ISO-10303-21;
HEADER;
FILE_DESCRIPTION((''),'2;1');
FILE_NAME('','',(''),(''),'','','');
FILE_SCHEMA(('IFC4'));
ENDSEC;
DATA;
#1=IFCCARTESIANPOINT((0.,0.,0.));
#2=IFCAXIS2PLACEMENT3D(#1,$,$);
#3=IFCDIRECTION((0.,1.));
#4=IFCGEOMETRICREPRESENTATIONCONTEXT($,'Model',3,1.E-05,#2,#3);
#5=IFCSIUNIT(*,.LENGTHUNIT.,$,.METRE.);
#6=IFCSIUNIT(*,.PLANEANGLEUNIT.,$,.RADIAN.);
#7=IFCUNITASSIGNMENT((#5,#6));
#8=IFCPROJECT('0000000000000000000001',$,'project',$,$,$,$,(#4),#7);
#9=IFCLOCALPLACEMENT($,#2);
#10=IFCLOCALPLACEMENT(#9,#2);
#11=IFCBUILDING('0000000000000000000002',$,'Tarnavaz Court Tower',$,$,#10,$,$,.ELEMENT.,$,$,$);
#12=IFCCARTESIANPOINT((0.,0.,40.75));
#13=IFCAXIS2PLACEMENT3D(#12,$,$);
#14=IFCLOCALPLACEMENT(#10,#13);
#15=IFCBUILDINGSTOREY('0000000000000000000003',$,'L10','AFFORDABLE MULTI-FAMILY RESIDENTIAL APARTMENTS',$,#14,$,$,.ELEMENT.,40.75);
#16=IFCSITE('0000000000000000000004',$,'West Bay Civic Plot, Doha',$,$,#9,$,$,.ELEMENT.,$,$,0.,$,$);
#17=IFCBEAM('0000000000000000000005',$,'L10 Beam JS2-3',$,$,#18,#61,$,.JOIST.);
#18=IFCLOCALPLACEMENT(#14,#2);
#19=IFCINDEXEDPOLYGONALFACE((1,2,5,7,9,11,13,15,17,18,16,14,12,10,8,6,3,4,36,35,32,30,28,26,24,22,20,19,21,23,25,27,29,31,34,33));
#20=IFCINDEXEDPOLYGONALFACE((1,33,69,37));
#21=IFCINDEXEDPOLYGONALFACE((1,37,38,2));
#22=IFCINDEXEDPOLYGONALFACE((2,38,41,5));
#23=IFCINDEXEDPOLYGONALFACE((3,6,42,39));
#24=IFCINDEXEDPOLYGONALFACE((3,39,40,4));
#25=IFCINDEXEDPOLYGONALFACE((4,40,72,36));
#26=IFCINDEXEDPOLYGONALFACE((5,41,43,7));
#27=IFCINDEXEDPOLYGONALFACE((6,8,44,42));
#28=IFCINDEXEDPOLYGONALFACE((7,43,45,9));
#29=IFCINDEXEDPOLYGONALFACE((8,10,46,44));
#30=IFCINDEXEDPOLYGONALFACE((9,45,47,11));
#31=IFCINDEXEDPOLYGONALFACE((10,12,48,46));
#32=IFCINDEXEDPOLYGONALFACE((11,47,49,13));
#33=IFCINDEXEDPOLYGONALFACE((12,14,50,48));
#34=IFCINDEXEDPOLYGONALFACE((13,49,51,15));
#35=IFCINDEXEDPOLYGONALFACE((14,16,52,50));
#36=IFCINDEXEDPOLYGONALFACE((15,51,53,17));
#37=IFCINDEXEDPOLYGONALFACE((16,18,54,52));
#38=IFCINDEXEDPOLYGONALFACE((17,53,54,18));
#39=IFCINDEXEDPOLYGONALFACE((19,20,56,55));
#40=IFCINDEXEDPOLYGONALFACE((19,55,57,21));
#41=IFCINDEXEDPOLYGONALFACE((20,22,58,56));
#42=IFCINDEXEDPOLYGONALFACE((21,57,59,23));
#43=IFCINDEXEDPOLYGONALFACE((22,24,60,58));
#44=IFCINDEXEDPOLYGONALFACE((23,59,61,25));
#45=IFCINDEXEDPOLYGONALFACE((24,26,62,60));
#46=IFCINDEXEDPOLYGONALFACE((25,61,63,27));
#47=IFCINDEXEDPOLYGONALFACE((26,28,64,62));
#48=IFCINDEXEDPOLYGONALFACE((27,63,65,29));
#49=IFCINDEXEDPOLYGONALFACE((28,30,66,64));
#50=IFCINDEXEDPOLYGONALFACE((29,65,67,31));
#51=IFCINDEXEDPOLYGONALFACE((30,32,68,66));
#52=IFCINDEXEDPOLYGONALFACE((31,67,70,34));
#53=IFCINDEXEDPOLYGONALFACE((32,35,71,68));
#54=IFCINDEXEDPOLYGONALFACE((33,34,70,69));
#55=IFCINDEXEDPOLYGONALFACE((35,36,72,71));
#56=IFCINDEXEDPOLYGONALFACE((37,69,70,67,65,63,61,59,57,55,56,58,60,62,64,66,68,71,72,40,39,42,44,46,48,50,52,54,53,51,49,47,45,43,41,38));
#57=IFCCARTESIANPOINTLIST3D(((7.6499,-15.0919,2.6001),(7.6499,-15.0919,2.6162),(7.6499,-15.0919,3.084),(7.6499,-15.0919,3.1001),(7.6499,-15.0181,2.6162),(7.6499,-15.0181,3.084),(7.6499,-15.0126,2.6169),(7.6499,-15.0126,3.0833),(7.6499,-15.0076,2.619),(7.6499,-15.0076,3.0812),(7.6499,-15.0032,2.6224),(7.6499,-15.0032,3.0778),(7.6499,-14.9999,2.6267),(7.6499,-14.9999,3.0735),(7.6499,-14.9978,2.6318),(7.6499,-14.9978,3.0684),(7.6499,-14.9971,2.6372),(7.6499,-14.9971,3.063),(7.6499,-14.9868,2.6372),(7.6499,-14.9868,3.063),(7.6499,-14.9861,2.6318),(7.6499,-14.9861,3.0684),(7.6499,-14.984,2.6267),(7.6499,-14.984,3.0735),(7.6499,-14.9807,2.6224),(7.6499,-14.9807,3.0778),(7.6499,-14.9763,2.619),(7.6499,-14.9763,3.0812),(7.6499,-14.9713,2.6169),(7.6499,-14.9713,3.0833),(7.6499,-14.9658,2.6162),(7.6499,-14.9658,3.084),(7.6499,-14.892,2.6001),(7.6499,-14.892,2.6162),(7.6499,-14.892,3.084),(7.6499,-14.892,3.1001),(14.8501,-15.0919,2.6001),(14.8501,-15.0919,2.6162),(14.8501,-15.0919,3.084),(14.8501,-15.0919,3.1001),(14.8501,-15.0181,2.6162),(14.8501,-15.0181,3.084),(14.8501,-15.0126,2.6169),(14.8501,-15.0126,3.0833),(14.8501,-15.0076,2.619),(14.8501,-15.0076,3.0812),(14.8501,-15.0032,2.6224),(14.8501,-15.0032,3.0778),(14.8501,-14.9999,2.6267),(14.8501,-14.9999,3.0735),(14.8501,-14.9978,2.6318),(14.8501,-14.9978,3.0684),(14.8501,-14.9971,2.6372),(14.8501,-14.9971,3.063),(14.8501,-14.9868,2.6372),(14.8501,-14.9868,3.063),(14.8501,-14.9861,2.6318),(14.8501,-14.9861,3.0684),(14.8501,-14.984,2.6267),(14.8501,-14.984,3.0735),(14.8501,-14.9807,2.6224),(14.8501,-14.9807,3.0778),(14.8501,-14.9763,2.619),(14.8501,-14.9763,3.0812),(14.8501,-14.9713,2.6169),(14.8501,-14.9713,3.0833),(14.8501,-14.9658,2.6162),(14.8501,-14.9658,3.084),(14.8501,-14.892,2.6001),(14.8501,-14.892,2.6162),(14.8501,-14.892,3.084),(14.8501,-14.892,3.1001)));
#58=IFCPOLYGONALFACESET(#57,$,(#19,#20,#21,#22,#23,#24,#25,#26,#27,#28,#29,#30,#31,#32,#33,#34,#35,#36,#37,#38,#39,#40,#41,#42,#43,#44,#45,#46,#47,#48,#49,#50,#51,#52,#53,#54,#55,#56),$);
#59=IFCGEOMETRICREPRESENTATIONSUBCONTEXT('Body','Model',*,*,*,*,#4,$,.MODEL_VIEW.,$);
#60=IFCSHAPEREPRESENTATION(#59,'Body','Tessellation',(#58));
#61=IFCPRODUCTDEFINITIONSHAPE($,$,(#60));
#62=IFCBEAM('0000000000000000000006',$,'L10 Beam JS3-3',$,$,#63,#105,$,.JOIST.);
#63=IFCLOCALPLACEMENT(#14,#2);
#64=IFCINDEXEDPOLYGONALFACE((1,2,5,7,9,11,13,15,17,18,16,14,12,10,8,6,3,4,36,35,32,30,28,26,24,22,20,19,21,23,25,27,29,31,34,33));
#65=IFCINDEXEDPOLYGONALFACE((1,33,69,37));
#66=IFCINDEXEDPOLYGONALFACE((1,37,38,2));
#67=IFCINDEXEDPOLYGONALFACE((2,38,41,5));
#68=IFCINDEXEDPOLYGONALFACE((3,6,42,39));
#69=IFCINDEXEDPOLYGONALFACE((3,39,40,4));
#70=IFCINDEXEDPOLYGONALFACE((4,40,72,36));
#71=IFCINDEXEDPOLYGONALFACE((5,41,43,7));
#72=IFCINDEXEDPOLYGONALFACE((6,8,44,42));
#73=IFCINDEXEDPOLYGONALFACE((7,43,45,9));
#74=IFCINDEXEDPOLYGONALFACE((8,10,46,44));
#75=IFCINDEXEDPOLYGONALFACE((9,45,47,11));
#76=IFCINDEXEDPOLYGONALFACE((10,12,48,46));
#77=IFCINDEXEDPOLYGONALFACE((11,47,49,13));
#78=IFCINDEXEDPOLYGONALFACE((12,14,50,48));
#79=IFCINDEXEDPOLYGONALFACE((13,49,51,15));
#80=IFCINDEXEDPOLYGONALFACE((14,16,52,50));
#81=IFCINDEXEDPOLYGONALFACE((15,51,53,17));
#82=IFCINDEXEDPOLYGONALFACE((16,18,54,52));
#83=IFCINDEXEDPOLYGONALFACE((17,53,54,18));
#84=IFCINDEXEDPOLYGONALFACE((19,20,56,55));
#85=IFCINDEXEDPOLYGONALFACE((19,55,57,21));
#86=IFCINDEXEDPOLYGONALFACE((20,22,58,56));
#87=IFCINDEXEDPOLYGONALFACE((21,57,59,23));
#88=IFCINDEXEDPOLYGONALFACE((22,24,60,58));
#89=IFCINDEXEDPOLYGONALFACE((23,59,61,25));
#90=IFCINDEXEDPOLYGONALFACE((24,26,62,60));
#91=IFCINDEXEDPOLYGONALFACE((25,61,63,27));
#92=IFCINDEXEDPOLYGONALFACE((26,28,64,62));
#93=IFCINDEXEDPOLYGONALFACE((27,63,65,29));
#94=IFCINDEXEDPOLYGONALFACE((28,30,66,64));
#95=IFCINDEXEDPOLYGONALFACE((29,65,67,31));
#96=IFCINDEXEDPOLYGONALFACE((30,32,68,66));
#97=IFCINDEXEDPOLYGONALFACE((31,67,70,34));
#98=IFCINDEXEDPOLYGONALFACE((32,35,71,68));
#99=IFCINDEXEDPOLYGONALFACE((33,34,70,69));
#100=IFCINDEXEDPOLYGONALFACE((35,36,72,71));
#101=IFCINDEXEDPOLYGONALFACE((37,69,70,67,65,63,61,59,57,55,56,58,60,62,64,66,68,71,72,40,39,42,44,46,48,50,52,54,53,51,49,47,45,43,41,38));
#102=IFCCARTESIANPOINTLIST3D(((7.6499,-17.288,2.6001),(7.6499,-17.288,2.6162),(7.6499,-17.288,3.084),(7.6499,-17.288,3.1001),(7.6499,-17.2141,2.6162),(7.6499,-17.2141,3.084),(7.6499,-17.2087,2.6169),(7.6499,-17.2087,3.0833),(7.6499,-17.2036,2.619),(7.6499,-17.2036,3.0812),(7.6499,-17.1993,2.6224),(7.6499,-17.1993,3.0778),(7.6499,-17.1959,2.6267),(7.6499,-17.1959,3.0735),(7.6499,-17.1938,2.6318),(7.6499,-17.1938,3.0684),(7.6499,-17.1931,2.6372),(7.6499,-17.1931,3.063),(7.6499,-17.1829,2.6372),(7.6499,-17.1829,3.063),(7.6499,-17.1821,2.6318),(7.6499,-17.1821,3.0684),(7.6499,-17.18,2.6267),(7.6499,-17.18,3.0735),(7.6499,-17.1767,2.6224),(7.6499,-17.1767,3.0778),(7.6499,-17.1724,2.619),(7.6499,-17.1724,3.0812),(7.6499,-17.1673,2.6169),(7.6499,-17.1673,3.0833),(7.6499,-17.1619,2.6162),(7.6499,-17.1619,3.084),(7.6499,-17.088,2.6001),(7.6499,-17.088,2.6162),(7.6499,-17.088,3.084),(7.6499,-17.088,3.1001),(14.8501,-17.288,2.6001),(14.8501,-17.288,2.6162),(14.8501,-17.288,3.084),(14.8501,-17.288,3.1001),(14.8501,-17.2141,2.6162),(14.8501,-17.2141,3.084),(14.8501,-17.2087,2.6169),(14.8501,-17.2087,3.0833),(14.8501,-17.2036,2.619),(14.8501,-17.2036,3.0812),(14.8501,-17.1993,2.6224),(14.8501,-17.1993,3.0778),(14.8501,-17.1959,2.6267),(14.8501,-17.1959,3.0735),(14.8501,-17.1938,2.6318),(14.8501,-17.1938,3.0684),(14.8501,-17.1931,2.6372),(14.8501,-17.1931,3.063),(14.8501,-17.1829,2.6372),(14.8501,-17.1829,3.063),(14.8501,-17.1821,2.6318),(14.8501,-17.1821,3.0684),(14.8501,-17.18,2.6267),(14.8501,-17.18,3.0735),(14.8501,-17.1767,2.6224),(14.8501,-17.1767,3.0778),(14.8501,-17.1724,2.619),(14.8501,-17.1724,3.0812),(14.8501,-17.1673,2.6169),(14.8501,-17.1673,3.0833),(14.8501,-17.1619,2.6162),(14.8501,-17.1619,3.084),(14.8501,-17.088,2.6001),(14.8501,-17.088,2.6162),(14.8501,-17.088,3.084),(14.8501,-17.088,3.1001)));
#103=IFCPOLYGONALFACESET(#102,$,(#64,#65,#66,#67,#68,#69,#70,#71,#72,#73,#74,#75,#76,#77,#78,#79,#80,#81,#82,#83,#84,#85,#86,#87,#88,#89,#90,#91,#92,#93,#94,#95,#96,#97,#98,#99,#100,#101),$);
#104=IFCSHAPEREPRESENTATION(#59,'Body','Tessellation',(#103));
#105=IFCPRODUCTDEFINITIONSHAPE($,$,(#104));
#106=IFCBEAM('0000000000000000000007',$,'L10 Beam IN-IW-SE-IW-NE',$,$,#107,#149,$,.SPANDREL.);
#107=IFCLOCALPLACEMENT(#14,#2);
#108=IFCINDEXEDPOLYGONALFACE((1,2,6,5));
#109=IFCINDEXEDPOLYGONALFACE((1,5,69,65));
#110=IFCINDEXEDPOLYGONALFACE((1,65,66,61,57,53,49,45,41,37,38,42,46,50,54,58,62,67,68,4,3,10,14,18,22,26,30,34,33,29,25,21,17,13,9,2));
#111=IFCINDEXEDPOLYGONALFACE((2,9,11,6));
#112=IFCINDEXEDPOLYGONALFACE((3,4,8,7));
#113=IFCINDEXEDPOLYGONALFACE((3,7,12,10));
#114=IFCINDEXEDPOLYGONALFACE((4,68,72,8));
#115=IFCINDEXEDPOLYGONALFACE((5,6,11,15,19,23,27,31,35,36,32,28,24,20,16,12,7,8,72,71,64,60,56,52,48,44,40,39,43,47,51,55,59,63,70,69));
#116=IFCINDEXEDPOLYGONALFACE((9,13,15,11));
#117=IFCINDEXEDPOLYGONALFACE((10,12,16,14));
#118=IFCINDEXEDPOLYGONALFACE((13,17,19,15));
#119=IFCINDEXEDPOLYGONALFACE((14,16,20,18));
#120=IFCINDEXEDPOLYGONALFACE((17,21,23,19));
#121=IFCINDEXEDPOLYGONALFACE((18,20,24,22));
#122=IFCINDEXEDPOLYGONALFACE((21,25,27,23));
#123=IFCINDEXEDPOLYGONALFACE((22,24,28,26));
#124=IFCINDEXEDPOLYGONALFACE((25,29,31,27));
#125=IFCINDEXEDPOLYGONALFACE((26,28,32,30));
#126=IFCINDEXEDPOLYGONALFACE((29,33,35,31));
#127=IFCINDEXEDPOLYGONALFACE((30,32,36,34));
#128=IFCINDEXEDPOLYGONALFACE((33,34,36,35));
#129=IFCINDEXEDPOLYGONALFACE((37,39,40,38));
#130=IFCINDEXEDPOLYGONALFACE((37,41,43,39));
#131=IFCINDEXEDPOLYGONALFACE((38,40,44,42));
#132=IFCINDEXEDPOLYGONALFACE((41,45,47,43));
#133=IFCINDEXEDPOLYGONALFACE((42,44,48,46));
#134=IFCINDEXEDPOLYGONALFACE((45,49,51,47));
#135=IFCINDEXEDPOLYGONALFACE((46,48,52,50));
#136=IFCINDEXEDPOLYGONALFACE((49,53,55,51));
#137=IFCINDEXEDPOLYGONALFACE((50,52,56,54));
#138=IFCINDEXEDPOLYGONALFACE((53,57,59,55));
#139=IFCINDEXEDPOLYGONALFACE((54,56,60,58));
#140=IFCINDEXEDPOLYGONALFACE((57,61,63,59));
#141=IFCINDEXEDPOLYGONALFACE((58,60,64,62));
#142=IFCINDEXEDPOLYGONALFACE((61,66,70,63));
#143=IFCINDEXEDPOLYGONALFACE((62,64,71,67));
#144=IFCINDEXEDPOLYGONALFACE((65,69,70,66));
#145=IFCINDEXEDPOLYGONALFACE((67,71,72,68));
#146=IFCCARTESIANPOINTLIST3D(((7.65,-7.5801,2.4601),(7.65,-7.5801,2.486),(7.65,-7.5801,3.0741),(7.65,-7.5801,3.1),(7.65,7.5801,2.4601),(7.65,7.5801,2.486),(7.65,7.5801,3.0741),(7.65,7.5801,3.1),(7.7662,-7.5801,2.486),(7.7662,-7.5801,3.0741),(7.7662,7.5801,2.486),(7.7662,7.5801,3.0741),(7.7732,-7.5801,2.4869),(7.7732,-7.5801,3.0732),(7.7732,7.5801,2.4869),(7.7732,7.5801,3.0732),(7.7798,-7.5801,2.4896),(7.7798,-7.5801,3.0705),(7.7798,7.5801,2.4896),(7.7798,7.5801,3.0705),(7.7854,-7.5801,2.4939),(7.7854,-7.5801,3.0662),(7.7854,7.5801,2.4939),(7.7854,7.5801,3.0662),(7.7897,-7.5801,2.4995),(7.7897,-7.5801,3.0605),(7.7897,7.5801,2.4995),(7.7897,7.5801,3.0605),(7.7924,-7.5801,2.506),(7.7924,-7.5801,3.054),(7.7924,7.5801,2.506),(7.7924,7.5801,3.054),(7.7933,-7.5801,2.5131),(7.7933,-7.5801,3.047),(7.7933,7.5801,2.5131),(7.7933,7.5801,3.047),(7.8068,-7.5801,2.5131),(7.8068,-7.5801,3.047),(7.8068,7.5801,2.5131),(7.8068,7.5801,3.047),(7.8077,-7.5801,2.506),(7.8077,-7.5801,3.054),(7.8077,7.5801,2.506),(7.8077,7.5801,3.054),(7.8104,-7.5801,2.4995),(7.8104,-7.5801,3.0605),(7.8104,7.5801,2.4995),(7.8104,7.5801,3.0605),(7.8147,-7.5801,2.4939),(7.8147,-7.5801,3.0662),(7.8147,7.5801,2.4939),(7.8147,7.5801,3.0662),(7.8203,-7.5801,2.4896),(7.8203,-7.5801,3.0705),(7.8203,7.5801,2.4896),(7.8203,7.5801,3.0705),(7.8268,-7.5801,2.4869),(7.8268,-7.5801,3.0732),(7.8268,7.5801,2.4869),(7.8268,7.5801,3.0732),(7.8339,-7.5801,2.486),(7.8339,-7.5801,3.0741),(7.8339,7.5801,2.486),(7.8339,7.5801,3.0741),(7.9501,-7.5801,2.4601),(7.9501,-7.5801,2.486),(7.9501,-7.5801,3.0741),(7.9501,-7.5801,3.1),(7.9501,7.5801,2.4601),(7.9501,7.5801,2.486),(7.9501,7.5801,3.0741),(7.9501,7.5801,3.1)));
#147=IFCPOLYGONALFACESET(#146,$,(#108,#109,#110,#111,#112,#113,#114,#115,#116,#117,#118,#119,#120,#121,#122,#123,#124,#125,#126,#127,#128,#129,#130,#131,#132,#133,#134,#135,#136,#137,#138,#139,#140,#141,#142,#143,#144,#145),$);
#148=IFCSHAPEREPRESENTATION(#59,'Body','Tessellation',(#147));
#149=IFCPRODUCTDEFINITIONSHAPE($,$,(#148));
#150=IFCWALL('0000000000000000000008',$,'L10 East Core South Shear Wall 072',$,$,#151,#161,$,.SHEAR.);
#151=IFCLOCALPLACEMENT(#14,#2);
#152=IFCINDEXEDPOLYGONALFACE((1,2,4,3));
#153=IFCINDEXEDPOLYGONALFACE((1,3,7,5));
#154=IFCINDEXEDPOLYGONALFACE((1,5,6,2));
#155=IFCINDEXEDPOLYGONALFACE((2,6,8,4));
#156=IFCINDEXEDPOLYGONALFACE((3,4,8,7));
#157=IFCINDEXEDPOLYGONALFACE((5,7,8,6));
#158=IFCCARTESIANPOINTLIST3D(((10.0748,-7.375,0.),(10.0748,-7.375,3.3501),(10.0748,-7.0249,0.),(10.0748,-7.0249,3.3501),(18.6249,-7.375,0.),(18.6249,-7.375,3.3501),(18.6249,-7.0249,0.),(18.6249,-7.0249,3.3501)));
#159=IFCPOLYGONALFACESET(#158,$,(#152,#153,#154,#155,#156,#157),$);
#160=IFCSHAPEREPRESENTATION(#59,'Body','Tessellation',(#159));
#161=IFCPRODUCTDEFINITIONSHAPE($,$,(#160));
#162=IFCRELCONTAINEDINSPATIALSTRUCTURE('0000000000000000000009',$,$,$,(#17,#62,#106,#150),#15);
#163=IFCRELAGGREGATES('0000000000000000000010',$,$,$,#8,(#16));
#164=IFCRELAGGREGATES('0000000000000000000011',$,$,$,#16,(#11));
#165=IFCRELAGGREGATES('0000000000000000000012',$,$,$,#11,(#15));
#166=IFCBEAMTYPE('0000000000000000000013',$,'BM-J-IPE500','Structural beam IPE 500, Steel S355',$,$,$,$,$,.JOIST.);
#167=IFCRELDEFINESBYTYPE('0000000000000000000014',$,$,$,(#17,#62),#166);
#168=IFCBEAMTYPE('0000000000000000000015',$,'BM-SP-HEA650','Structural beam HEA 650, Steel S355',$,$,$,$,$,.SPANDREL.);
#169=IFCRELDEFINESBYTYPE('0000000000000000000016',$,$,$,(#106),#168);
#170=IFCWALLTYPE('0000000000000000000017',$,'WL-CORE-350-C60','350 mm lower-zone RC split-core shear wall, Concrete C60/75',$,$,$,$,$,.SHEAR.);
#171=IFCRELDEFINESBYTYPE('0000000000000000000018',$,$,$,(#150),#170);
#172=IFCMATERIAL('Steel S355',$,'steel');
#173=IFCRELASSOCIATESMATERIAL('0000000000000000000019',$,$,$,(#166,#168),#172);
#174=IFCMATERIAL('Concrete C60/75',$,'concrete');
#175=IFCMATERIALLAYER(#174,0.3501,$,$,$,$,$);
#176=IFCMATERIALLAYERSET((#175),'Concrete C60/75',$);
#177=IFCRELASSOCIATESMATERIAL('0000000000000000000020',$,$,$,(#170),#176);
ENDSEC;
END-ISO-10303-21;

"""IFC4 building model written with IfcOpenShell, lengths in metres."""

from ifc_helpers import new_model, si_unit, direction, frame, frame_2d, origin, origin_2d, place, context, subcontext, project, spatial, rectangle, i_section, extrude, material, layer, layer_set, material_profile, profile_set, type_object, element, save


model = new_model("IFC4")

# Units and contexts
model_context = context("Model", 3, precision=1e-05, world=origin(), true_north=direction((0.0, 1.0)))
body_context = subcontext(model_context, "Body", "Model", "MODEL_VIEW")
ifc_project = project(units=[si_unit("LENGTHUNIT", "METRE"), si_unit("PLANEANGLEUNIT", "RADIAN")], contexts=[model_context])

# Site, building, storey
site_placement = place(None, origin())
site = spatial("IfcSite", under=ifc_project, at=site_placement, Name="West Bay Civic Plot, Doha", CompositionType="ELEMENT", RefElevation=0.0)
building_placement = place(site_placement, origin())
building = spatial("IfcBuilding", under=site, at=building_placement, Name="Tarnavaz Court Tower", CompositionType="ELEMENT")
storey_placement = place(building_placement, frame((0.0, 0.0, 40.75)))
storey = spatial("IfcBuildingStorey", under=building, at=storey_placement, Name="L10", Description="AFFORDABLE MULTI-FAMILY RESIDENTIAL APARTMENTS", CompositionType="ELEMENT", Elevation=40.75)

# Shared definitions
ifc_material_1 = material(Name="Concrete C60/75", Category="concrete")

# Beams
ifc_material_2 = material(Name="Steel S355", Category="steel")
ifc_material_profile_1 = material_profile(ifc_material_2, i_section(OverallWidth=0.2, OverallDepth=0.5, WebThickness=0.0103, FlangeThickness=0.0161, FilletRadius=0.021, at=origin_2d()), Name="IPE 500")
ifc_profile_set_1 = profile_set([ifc_material_profile_1], Name="Steel S355")
beam_type_1 = type_object("IfcBeamType", Name="BM-J-IPE500", Description="Structural beam IPE 500, Steel S355", PredefinedType="JOIST", material=ifc_profile_set_1)
for number, where, z_axis, x_axis, name in (
    (1, (7.6499, -14.9919, 2.8501), (1.0, 0.0, 0.0), (0.0, 1.0, 0.0), "L10 Beam JS2-3"),
    (2, (7.6499, -17.188, 2.8501), (1.0, 0.0, 0.0), (0.0, 1.0, 0.0), "L10 Beam JS3-3"),
):
    element("IfcBeam", number, at=place(storey_placement, frame(where, z_axis=z_axis, x_axis=x_axis)), inside=storey, type_object=beam_type_1, Name=name, PredefinedType="JOIST", context=body_context, shape_type="SweptSolid", body=[
        extrude(i_section(OverallWidth=0.2, OverallDepth=0.5, WebThickness=0.0103, FlangeThickness=0.0161, FilletRadius=0.021, at=origin_2d()), origin(), (0.0, 0.0, 1.0), 7.2002),
    ])
ifc_material_profile_2 = material_profile(ifc_material_2, i_section(OverallWidth=0.3, OverallDepth=0.6399, WebThickness=0.0134, FlangeThickness=0.0259, FilletRadius=0.0271, at=origin_2d()), Name="HEA 650")
ifc_profile_set_2 = profile_set([ifc_material_profile_2], Name="Steel S355")
beam_type_2 = type_object("IfcBeamType", Name="BM-SP-HEA650", Description="Structural beam HEA 650, Steel S355", PredefinedType="SPANDREL", material=ifc_profile_set_2)
beam_1_placement = place(storey_placement, frame((7.8, -7.5801, 2.78), z_axis=(0.0, 1.0, 0.0), x_axis=(-1.0, 0.0, 0.0)))
element("IfcBeam", 3, at=beam_1_placement, inside=storey, type_object=beam_type_2, Name="L10 Beam IN-IW-SE-IW-NE", PredefinedType="SPANDREL", context=body_context, shape_type="SweptSolid", body=[
    extrude(i_section(OverallWidth=0.3, OverallDepth=0.6399, WebThickness=0.0134, FlangeThickness=0.0259, FilletRadius=0.0271, at=origin_2d()), origin(), (0.0, 0.0, 1.0), 15.1602),
])

# Wall
ifc_layer_1 = layer(ifc_material_1, 0.3501)
ifc_layer_set_1 = layer_set([ifc_layer_1], Name="Concrete C60/75")
wall_type_1 = type_object("IfcWallType", Name="WL-CORE-350-C60", Description="350 mm lower-zone RC split-core shear wall, Concrete C60/75", PredefinedType="SHEAR", material=ifc_layer_set_1)
wall_1_placement = place(storey_placement, frame((10.075, -7.2, 0.0), z_axis=(0.0, 0.0, 1.0), x_axis=(1.0, 0.0, 0.0)))
element("IfcWall", 4, at=wall_1_placement, inside=storey, type_object=wall_type_1, Name="L10 East Core South Shear Wall 072", PredefinedType="SHEAR", context=body_context, shape_type="SweptSolid", body=[
    extrude(rectangle(XDim=8.55, YDim=0.3501, at=frame_2d((4.2749, 0.0))), origin(), (0.0, 0.0, 1.0), 3.3501),
])

save(model, "model.ifc")
